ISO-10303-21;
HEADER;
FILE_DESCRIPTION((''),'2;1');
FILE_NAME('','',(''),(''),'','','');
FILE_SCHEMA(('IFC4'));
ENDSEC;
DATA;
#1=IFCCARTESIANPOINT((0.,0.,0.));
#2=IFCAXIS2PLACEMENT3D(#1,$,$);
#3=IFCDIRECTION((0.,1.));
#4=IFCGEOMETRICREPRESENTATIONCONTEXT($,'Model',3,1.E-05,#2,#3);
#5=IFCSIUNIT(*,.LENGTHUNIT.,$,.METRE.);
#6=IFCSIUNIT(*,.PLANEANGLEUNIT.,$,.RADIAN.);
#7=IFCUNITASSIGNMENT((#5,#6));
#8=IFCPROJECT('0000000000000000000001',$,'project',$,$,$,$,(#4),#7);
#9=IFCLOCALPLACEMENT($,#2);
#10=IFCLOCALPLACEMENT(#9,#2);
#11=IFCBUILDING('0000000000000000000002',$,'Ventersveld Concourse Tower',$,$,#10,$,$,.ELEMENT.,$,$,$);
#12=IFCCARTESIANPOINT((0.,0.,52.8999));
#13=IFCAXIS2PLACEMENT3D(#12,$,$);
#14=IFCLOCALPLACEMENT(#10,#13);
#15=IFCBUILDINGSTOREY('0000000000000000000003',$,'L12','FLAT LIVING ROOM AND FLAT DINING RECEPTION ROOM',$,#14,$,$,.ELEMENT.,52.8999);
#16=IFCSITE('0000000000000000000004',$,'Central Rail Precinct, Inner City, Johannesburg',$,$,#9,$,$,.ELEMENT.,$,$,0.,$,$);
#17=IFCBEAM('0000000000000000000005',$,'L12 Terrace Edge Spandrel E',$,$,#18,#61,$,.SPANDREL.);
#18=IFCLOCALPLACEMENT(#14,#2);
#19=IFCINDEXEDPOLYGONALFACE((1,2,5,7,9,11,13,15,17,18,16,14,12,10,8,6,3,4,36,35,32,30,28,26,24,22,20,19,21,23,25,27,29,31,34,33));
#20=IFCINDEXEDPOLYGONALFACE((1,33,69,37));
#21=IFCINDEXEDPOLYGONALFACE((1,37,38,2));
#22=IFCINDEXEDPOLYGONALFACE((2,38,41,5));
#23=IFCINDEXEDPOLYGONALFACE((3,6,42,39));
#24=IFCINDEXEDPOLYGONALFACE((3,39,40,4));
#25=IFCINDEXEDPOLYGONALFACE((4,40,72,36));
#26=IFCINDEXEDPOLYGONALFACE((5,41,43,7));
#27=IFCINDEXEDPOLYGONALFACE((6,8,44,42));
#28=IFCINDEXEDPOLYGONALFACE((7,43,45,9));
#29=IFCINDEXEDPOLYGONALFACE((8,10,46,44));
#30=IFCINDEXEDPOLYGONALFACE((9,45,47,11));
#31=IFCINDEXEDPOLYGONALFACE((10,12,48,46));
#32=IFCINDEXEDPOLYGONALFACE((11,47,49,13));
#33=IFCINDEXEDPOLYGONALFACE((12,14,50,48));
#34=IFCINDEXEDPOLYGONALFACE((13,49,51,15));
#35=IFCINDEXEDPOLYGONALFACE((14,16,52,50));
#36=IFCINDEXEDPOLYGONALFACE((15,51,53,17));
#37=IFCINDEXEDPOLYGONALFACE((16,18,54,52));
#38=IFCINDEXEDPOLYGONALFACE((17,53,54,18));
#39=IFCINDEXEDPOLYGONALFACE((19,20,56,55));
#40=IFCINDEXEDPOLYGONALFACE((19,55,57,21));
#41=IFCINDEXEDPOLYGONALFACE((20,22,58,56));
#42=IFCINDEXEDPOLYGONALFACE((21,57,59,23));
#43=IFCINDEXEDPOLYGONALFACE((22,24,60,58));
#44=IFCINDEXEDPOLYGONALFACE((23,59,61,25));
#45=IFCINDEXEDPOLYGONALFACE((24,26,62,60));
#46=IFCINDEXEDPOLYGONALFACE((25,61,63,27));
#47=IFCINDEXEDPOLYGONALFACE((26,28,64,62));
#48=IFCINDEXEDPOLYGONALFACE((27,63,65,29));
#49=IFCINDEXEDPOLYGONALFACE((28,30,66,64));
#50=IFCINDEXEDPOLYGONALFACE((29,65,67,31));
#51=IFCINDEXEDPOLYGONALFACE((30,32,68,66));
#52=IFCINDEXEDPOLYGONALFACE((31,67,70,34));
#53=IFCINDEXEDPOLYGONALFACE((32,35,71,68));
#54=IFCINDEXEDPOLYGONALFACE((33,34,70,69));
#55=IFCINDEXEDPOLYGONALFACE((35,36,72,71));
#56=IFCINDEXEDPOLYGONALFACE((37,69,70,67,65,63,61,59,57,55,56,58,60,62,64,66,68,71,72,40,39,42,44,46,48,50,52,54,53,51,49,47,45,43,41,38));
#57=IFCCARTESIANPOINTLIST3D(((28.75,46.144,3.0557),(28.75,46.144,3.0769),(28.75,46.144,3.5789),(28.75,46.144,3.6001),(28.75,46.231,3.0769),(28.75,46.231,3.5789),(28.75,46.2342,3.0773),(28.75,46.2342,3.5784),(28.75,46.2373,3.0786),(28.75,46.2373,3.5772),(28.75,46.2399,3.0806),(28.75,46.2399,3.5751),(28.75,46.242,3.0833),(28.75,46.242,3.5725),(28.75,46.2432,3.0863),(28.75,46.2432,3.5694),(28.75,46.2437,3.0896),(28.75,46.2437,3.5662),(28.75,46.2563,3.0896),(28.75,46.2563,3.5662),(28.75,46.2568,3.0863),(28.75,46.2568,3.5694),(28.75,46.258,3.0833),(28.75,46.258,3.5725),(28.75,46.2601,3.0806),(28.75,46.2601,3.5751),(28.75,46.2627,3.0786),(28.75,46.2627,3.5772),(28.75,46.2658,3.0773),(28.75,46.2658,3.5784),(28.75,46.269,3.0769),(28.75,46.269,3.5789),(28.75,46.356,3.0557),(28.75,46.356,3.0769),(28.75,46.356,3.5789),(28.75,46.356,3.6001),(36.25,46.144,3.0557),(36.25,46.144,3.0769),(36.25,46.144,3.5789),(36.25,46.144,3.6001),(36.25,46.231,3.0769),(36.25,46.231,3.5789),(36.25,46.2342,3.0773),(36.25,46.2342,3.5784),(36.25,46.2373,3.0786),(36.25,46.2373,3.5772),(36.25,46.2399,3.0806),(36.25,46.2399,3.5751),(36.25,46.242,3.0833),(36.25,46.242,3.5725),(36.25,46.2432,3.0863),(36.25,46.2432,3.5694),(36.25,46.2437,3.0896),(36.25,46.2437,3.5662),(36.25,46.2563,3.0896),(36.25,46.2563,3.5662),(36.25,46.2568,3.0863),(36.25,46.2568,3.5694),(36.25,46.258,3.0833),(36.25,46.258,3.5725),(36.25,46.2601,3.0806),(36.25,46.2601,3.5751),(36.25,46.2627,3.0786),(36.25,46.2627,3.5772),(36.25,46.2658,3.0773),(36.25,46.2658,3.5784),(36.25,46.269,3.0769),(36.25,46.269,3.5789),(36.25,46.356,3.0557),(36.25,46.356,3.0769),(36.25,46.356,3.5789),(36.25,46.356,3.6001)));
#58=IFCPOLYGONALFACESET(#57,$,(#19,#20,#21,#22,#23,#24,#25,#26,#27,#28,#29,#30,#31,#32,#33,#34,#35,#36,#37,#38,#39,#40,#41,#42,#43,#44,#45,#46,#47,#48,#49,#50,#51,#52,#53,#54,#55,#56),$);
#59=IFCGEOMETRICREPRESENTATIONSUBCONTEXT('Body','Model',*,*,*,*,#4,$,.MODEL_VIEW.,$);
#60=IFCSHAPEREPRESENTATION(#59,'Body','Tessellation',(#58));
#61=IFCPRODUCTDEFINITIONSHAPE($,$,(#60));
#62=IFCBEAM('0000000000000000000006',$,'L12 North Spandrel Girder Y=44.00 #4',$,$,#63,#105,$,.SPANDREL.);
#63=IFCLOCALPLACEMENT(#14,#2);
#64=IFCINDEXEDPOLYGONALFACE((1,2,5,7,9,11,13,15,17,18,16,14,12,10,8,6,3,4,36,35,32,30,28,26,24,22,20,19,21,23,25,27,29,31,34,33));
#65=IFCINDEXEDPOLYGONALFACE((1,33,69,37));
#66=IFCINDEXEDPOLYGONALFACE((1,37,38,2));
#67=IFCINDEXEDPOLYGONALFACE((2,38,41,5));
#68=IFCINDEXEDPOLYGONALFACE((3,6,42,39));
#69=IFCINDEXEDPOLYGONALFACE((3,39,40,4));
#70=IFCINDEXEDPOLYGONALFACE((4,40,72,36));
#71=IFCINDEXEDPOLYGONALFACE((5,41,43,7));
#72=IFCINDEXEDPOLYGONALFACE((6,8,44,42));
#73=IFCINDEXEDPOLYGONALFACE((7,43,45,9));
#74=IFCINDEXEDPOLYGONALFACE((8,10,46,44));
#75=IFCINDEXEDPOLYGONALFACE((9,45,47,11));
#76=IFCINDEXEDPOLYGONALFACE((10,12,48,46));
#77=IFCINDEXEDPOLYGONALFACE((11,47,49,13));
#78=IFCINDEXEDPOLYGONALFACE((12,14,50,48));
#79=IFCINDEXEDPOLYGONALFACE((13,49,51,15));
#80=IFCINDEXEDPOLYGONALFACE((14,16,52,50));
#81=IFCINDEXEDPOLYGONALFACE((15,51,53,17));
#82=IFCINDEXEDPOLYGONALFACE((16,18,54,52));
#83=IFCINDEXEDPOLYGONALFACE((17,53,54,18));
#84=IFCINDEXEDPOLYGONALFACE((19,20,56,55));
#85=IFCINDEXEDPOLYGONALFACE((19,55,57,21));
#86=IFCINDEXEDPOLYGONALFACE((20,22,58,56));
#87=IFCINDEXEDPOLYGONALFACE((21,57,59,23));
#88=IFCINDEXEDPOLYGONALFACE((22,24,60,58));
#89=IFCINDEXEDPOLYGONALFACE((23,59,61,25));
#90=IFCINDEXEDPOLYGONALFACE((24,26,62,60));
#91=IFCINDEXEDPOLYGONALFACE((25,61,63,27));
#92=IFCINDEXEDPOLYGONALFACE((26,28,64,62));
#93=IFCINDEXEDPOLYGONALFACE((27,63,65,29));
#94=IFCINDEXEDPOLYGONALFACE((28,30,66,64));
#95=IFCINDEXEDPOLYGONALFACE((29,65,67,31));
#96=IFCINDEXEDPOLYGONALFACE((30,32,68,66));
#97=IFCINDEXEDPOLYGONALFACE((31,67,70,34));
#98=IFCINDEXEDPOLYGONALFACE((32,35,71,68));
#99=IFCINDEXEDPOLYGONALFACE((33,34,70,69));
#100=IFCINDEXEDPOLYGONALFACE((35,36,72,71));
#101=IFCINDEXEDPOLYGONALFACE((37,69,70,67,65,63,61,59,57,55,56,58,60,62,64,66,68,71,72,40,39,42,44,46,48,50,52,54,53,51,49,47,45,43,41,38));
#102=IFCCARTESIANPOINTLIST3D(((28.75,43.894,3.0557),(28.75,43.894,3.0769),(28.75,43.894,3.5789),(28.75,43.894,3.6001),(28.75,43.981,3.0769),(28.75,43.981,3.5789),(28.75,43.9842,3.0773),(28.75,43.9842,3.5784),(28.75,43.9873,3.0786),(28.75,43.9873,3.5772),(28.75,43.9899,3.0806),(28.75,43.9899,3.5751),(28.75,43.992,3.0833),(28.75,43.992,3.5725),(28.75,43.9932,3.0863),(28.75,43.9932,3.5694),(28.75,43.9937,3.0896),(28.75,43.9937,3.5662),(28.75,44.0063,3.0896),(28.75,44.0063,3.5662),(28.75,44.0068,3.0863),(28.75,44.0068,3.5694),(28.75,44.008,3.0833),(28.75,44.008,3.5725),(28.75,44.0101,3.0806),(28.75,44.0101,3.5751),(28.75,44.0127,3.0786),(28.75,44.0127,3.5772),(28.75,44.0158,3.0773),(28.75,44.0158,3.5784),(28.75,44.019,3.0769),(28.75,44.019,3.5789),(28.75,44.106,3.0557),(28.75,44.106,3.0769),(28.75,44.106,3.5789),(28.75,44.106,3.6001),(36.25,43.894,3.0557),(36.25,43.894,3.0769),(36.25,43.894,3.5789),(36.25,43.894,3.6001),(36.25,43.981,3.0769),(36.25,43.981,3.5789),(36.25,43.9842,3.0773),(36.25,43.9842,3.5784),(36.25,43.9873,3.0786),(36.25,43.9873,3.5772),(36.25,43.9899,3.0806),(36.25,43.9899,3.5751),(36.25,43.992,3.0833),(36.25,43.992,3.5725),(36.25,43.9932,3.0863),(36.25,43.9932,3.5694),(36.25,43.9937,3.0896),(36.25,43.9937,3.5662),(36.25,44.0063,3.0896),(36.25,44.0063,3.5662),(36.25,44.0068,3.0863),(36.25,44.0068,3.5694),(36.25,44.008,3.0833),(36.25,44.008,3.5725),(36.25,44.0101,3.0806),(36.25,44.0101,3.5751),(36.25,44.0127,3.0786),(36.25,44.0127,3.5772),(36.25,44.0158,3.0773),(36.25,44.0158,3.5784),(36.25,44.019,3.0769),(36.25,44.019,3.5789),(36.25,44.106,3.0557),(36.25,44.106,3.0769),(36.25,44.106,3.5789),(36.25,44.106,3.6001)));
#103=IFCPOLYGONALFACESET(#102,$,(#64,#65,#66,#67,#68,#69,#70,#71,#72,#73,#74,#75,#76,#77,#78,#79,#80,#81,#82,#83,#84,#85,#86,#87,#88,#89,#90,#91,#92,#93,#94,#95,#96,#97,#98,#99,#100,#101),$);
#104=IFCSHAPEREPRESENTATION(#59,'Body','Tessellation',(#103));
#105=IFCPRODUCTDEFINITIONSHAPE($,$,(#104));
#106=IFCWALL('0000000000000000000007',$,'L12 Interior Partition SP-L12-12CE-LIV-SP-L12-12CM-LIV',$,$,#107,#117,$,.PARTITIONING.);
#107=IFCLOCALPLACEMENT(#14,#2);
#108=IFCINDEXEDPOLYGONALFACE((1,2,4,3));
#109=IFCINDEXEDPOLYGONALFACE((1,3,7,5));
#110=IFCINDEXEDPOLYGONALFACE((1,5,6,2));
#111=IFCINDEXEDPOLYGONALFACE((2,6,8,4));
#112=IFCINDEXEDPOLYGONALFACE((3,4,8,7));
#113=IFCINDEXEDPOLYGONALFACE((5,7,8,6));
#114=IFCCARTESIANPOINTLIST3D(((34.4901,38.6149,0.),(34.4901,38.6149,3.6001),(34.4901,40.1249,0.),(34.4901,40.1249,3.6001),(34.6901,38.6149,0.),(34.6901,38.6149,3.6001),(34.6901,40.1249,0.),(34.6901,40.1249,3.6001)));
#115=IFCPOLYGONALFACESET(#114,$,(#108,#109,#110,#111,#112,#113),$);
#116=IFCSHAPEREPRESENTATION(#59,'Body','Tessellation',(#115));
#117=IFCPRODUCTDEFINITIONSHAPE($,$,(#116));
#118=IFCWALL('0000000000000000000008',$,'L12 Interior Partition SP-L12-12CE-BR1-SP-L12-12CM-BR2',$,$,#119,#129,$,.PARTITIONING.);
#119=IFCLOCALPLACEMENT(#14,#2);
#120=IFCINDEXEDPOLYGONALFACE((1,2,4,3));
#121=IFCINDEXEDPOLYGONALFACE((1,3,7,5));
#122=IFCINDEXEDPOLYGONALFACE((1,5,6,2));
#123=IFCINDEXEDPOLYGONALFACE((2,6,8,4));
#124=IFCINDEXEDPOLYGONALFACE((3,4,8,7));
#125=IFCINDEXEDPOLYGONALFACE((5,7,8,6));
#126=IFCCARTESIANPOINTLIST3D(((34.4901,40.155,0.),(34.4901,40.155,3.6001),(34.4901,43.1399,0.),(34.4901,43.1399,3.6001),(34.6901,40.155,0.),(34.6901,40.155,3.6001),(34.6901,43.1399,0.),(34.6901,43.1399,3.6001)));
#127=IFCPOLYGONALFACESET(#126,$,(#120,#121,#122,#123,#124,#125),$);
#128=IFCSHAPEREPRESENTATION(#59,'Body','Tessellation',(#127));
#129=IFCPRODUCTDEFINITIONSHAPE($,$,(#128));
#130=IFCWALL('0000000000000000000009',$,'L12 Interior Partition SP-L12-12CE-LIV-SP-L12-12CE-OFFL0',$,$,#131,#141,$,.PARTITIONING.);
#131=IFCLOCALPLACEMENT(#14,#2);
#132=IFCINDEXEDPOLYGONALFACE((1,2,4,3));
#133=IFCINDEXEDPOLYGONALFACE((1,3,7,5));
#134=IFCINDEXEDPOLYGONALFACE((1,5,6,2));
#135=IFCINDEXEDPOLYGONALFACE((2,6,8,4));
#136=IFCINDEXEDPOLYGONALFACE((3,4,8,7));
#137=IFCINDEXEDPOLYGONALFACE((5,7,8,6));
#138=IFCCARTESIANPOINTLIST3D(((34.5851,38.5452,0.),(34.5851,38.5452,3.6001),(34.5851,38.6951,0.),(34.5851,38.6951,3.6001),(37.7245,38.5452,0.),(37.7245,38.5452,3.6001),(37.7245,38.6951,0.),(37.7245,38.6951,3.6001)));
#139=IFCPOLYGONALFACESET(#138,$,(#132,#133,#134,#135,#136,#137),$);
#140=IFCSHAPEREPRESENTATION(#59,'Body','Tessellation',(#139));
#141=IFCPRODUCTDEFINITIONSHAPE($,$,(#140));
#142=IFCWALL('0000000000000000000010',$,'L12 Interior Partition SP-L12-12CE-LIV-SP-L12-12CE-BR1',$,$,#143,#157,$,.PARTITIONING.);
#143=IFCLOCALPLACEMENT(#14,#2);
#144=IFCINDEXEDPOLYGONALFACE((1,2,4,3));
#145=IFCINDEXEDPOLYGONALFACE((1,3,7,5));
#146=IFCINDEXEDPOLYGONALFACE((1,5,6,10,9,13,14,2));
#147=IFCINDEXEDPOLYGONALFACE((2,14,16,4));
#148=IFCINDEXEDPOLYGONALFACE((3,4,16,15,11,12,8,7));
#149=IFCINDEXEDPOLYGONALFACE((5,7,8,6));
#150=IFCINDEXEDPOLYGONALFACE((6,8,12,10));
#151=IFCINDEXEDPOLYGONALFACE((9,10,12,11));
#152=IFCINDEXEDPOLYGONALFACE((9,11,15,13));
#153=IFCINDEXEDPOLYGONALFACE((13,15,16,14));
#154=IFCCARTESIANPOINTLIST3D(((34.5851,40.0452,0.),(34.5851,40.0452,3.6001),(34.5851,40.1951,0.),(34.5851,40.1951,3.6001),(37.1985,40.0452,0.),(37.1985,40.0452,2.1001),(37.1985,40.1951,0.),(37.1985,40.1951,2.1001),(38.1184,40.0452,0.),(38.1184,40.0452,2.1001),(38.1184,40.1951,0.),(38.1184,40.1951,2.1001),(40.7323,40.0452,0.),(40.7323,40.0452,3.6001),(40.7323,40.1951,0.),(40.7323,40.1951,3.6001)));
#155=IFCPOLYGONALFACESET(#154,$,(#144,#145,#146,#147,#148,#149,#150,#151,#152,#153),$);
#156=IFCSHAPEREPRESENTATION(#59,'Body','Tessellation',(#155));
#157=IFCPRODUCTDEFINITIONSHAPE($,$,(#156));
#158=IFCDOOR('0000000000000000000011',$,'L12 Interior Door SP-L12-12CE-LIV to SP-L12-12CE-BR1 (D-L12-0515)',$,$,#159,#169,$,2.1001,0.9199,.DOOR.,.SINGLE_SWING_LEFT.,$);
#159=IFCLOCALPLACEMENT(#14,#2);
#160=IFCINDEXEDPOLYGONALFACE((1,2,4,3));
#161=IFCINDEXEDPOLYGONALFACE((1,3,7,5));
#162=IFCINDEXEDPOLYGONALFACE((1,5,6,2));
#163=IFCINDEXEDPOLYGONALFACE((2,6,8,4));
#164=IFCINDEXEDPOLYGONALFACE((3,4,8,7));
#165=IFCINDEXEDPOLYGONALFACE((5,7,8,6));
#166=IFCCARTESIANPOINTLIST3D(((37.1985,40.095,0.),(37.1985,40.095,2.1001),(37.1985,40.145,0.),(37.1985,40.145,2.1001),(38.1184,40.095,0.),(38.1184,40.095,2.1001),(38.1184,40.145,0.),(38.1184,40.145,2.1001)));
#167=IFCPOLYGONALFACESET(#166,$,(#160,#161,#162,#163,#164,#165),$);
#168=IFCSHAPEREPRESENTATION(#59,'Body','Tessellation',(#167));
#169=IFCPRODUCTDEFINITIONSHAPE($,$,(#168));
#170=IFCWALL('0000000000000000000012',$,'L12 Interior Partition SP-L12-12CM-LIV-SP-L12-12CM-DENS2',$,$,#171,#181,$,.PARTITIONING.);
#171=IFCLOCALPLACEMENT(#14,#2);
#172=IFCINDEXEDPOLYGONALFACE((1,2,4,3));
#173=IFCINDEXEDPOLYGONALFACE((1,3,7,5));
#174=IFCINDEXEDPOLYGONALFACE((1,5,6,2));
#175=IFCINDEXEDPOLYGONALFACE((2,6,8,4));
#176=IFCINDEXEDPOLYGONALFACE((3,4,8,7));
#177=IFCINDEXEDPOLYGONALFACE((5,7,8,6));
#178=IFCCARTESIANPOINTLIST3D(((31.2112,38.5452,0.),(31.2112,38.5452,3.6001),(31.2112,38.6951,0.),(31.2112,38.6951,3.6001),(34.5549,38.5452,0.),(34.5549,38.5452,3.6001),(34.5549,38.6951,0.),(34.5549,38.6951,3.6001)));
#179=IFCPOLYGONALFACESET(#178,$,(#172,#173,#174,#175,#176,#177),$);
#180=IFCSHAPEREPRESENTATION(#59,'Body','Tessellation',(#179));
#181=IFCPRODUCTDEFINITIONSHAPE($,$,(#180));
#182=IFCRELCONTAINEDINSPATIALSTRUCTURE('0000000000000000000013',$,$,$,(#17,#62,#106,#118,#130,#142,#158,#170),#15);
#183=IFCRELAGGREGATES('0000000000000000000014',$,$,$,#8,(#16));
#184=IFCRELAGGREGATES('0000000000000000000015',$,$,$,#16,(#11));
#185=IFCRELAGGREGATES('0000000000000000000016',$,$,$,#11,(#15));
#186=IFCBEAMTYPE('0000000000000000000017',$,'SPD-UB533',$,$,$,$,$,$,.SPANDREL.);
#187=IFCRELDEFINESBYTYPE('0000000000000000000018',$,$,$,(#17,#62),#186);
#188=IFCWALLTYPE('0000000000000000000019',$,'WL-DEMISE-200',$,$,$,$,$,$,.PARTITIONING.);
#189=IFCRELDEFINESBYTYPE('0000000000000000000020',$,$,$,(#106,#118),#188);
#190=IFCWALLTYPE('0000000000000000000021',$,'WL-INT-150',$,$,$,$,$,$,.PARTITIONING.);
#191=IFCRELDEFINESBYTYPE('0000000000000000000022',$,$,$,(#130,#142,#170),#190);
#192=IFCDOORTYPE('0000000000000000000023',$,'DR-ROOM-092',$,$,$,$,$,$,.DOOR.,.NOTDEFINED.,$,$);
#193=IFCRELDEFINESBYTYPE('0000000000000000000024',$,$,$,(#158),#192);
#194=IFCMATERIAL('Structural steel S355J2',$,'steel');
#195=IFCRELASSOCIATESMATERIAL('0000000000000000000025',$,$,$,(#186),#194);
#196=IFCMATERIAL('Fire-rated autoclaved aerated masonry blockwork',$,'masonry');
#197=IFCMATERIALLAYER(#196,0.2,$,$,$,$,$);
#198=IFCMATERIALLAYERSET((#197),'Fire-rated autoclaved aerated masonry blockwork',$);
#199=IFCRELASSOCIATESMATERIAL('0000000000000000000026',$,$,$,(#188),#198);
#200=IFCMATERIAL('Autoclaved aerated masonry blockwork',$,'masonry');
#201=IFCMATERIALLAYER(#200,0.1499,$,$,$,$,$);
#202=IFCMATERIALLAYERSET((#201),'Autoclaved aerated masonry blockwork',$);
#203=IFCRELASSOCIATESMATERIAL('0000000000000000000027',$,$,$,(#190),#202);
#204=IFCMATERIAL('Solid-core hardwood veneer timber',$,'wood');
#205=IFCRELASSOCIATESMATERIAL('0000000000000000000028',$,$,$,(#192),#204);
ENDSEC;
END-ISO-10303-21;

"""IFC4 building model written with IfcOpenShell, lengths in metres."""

from ifc_helpers import new_model, si_unit, direction, frame, frame_2d, origin, origin_2d, place, context, subcontext, project, spatial, rectangle, i_section, extrude, material, layer, layer_set, material_profile, profile_set, type_object, element, fill, save


model = new_model("IFC4")

# Units and contexts
model_context = context("Model", 3, precision=1e-05, world=origin(), true_north=direction((0.0, 1.0)))
body_context = subcontext(model_context, "Body", "Model", "MODEL_VIEW")
ifc_project = project(units=[si_unit("LENGTHUNIT", "METRE"), si_unit("PLANEANGLEUNIT", "RADIAN")], contexts=[model_context])

# Site, building, storey
site_placement = place(None, origin())
site = spatial("IfcSite", under=ifc_project, at=site_placement, Name="Central Rail Precinct, Inner City, Johannesburg", CompositionType="ELEMENT", RefElevation=0.0)
building_placement = place(site_placement, origin())
building = spatial("IfcBuilding", under=site, at=building_placement, Name="Ventersveld Concourse Tower", CompositionType="ELEMENT")
storey_placement = place(building_placement, frame((0.0, 0.0, 52.8999)))
storey = spatial("IfcBuildingStorey", under=building, at=storey_placement, Name="L12", Description="FLAT LIVING ROOM AND FLAT DINING RECEPTION ROOM", CompositionType="ELEMENT", Elevation=52.8999)

# Beams
ifc_material_1 = material(Name="Structural steel S355J2", Category="steel")
ifc_material_profile_1 = material_profile(ifc_material_1, i_section(OverallWidth=0.2119, OverallDepth=0.5444, WebThickness=0.0127, FlangeThickness=0.0212, FilletRadius=0.0127, at=origin_2d()), Name="UB 533x210x122")
ifc_profile_set_1 = profile_set([ifc_material_profile_1], Name="Structural steel S355J2")
beam_type_1 = type_object("IfcBeamType", Name="SPD-UB533", PredefinedType="SPANDREL", material=ifc_profile_set_1)
for number, where, z_axis, x_axis, name in (
    (1, (28.75, 46.25, 3.3279), (1.0, 0.0, 0.0), (0.0, 1.0, 0.0), "L12 Terrace Edge Spandrel E"),
    (2, (28.75, 44.0, 3.3279), (1.0, 0.0, 0.0), (0.0, 1.0, 0.0), "L12 North Spandrel Girder Y=44.00 #4"),
):
    element("IfcBeam", number, at=place(storey_placement, frame(where, z_axis=z_axis, x_axis=x_axis)), inside=storey, type_object=beam_type_1, Name=name, PredefinedType="SPANDREL", context=body_context, shape_type="SweptSolid", body=[
        extrude(i_section(OverallWidth=0.2119, OverallDepth=0.5444, WebThickness=0.0127, FlangeThickness=0.0212, FilletRadius=0.0127, at=origin_2d()), origin(), (0.0, 0.0, 1.0), 7.5),
    ])

# Walls
ifc_material_2 = material(Name="Fire-rated autoclaved aerated masonry blockwork", Category="masonry")
ifc_layer_1 = layer(ifc_material_2, 0.2)
ifc_layer_set_1 = layer_set([ifc_layer_1], Name="Fire-rated autoclaved aerated masonry blockwork")
wall_type_1 = type_object("IfcWallType", Name="WL-DEMISE-200", PredefinedType="PARTITIONING", material=ifc_layer_set_1)
wall_1_placement = place(storey_placement, frame((34.5901, 38.615, 0.0), z_axis=(0.0, 0.0, 1.0), x_axis=(0.0, 1.0, 0.0)))
element("IfcWall", 3, at=wall_1_placement, inside=storey, type_object=wall_type_1, Name="L12 Interior Partition SP-L12-12CE-LIV-SP-L12-12CM-LIV", PredefinedType="PARTITIONING", context=body_context, shape_type="SweptSolid", body=[
    extrude(rectangle(XDim=1.51, YDim=0.2, at=frame_2d((0.7549, 0.0))), origin(), (0.0, 0.0, 1.0), 3.6001),
])
wall_2_placement = place(storey_placement, frame((34.5901, 40.155, 0.0), z_axis=(0.0, 0.0, 1.0), x_axis=(0.0, 1.0, 0.0)))
element("IfcWall", 4, at=wall_2_placement, inside=storey, type_object=wall_type_1, Name="L12 Interior Partition SP-L12-12CE-BR1-SP-L12-12CM-BR2", PredefinedType="PARTITIONING", context=body_context, shape_type="SweptSolid", body=[
    extrude(rectangle(XDim=2.9849, YDim=0.2, at=frame_2d((1.4924, 0.0))), origin(), (0.0, 0.0, 1.0), 3.6001),
])
ifc_material_3 = material(Name="Autoclaved aerated masonry blockwork", Category="masonry")
ifc_layer_2 = layer(ifc_material_3, 0.1499)
ifc_layer_set_2 = layer_set([ifc_layer_2], Name="Autoclaved aerated masonry blockwork")
wall_type_2 = type_object("IfcWallType", Name="WL-INT-150", PredefinedType="PARTITIONING", material=ifc_layer_set_2)
wall_3_placement = place(storey_placement, frame((34.585, 38.6201, 0.0), z_axis=(0.0, 0.0, 1.0), x_axis=(1.0, 0.0, 0.0)))
element("IfcWall", 5, at=wall_3_placement, inside=storey, type_object=wall_type_2, Name="L12 Interior Partition SP-L12-12CE-LIV-SP-L12-12CE-OFFL0", PredefinedType="PARTITIONING", context=body_context, shape_type="SweptSolid", body=[
    extrude(rectangle(XDim=3.1394, YDim=0.1499, at=frame_2d((1.5698, 0.0))), origin(), (0.0, 0.0, 1.0), 3.6001),
])

# Wall, opening, door
wall_4_placement = place(storey_placement, frame((34.585, 40.1201, 0.0), z_axis=(0.0, 0.0, 1.0), x_axis=(1.0, 0.0, 0.0)))
wall_4 = element("IfcWall", 6, at=wall_4_placement, inside=storey, type_object=wall_type_2, Name="L12 Interior Partition SP-L12-12CE-LIV-SP-L12-12CE-BR1", PredefinedType="PARTITIONING", context=body_context, shape_type="SweptSolid", body=[
    extrude(rectangle(XDim=6.1472, YDim=0.1499, at=frame_2d((3.0737, 0.0))), origin(), (0.0, 0.0, 1.0), 3.6001),
])
opening_1_placement = place(wall_4_placement, frame((2.6135, 0.0, 0.0)))
opening_1 = element("IfcOpeningElement", 7, at=opening_1_placement, cuts=wall_4, PredefinedType="OPENING", context=body_context, shape_type="SweptSolid", body=[
    extrude(rectangle(XDim=0.9199, YDim=2.1001, at=frame_2d((0.46, 1.05))), frame((0.0, 0.085, 0.0), z_axis=(0.0, -1.0, 0.0), x_axis=(1.0, 0.0, 0.0)), (0.0, 0.0, 1.0), 0.1699),
])
ifc_material_4 = material(Name="Solid-core hardwood veneer timber", Category="wood")
door_type_1 = type_object("IfcDoorType", Name="DR-ROOM-092", OperationType="NOTDEFINED", PredefinedType="DOOR", material=ifc_material_4)
door_1_placement = place(opening_1_placement, origin())
door_1 = element("IfcDoor", 8, at=door_1_placement, inside=storey, type_object=door_type_1, Name="L12 Interior Door SP-L12-12CE-LIV to SP-L12-12CE-BR1 (D-L12-0515)", OperationType="SINGLE_SWING_LEFT", OverallHeight=2.1001, OverallWidth=0.9199, PredefinedType="DOOR", context=body_context, shape_type="SweptSolid", body=[
    extrude(rectangle(XDim=0.9199, YDim=2.1001, at=frame_2d((0.46, 1.05))), frame((0.0, 0.0249, 0.0), z_axis=(0.0, -1.0, 0.0), x_axis=(1.0, 0.0, 0.0)), (0.0, 0.0, 1.0), 0.05),
])
fill(opening_1, door_1)

# Wall
wall_5_placement = place(storey_placement, frame((31.2112, 38.6201, 0.0), z_axis=(0.0, 0.0, 1.0), x_axis=(1.0, 0.0, 0.0)))
element("IfcWall", 9, at=wall_5_placement, inside=storey, type_object=wall_type_2, Name="L12 Interior Partition SP-L12-12CM-LIV-SP-L12-12CM-DENS2", PredefinedType="PARTITIONING", context=body_context, shape_type="SweptSolid", body=[
    extrude(rectangle(XDim=3.3438, YDim=0.1499, at=frame_2d((1.6719, 0.0))), origin(), (0.0, 0.0, 1.0), 3.6001),
])

save(model, "model.ifc")
